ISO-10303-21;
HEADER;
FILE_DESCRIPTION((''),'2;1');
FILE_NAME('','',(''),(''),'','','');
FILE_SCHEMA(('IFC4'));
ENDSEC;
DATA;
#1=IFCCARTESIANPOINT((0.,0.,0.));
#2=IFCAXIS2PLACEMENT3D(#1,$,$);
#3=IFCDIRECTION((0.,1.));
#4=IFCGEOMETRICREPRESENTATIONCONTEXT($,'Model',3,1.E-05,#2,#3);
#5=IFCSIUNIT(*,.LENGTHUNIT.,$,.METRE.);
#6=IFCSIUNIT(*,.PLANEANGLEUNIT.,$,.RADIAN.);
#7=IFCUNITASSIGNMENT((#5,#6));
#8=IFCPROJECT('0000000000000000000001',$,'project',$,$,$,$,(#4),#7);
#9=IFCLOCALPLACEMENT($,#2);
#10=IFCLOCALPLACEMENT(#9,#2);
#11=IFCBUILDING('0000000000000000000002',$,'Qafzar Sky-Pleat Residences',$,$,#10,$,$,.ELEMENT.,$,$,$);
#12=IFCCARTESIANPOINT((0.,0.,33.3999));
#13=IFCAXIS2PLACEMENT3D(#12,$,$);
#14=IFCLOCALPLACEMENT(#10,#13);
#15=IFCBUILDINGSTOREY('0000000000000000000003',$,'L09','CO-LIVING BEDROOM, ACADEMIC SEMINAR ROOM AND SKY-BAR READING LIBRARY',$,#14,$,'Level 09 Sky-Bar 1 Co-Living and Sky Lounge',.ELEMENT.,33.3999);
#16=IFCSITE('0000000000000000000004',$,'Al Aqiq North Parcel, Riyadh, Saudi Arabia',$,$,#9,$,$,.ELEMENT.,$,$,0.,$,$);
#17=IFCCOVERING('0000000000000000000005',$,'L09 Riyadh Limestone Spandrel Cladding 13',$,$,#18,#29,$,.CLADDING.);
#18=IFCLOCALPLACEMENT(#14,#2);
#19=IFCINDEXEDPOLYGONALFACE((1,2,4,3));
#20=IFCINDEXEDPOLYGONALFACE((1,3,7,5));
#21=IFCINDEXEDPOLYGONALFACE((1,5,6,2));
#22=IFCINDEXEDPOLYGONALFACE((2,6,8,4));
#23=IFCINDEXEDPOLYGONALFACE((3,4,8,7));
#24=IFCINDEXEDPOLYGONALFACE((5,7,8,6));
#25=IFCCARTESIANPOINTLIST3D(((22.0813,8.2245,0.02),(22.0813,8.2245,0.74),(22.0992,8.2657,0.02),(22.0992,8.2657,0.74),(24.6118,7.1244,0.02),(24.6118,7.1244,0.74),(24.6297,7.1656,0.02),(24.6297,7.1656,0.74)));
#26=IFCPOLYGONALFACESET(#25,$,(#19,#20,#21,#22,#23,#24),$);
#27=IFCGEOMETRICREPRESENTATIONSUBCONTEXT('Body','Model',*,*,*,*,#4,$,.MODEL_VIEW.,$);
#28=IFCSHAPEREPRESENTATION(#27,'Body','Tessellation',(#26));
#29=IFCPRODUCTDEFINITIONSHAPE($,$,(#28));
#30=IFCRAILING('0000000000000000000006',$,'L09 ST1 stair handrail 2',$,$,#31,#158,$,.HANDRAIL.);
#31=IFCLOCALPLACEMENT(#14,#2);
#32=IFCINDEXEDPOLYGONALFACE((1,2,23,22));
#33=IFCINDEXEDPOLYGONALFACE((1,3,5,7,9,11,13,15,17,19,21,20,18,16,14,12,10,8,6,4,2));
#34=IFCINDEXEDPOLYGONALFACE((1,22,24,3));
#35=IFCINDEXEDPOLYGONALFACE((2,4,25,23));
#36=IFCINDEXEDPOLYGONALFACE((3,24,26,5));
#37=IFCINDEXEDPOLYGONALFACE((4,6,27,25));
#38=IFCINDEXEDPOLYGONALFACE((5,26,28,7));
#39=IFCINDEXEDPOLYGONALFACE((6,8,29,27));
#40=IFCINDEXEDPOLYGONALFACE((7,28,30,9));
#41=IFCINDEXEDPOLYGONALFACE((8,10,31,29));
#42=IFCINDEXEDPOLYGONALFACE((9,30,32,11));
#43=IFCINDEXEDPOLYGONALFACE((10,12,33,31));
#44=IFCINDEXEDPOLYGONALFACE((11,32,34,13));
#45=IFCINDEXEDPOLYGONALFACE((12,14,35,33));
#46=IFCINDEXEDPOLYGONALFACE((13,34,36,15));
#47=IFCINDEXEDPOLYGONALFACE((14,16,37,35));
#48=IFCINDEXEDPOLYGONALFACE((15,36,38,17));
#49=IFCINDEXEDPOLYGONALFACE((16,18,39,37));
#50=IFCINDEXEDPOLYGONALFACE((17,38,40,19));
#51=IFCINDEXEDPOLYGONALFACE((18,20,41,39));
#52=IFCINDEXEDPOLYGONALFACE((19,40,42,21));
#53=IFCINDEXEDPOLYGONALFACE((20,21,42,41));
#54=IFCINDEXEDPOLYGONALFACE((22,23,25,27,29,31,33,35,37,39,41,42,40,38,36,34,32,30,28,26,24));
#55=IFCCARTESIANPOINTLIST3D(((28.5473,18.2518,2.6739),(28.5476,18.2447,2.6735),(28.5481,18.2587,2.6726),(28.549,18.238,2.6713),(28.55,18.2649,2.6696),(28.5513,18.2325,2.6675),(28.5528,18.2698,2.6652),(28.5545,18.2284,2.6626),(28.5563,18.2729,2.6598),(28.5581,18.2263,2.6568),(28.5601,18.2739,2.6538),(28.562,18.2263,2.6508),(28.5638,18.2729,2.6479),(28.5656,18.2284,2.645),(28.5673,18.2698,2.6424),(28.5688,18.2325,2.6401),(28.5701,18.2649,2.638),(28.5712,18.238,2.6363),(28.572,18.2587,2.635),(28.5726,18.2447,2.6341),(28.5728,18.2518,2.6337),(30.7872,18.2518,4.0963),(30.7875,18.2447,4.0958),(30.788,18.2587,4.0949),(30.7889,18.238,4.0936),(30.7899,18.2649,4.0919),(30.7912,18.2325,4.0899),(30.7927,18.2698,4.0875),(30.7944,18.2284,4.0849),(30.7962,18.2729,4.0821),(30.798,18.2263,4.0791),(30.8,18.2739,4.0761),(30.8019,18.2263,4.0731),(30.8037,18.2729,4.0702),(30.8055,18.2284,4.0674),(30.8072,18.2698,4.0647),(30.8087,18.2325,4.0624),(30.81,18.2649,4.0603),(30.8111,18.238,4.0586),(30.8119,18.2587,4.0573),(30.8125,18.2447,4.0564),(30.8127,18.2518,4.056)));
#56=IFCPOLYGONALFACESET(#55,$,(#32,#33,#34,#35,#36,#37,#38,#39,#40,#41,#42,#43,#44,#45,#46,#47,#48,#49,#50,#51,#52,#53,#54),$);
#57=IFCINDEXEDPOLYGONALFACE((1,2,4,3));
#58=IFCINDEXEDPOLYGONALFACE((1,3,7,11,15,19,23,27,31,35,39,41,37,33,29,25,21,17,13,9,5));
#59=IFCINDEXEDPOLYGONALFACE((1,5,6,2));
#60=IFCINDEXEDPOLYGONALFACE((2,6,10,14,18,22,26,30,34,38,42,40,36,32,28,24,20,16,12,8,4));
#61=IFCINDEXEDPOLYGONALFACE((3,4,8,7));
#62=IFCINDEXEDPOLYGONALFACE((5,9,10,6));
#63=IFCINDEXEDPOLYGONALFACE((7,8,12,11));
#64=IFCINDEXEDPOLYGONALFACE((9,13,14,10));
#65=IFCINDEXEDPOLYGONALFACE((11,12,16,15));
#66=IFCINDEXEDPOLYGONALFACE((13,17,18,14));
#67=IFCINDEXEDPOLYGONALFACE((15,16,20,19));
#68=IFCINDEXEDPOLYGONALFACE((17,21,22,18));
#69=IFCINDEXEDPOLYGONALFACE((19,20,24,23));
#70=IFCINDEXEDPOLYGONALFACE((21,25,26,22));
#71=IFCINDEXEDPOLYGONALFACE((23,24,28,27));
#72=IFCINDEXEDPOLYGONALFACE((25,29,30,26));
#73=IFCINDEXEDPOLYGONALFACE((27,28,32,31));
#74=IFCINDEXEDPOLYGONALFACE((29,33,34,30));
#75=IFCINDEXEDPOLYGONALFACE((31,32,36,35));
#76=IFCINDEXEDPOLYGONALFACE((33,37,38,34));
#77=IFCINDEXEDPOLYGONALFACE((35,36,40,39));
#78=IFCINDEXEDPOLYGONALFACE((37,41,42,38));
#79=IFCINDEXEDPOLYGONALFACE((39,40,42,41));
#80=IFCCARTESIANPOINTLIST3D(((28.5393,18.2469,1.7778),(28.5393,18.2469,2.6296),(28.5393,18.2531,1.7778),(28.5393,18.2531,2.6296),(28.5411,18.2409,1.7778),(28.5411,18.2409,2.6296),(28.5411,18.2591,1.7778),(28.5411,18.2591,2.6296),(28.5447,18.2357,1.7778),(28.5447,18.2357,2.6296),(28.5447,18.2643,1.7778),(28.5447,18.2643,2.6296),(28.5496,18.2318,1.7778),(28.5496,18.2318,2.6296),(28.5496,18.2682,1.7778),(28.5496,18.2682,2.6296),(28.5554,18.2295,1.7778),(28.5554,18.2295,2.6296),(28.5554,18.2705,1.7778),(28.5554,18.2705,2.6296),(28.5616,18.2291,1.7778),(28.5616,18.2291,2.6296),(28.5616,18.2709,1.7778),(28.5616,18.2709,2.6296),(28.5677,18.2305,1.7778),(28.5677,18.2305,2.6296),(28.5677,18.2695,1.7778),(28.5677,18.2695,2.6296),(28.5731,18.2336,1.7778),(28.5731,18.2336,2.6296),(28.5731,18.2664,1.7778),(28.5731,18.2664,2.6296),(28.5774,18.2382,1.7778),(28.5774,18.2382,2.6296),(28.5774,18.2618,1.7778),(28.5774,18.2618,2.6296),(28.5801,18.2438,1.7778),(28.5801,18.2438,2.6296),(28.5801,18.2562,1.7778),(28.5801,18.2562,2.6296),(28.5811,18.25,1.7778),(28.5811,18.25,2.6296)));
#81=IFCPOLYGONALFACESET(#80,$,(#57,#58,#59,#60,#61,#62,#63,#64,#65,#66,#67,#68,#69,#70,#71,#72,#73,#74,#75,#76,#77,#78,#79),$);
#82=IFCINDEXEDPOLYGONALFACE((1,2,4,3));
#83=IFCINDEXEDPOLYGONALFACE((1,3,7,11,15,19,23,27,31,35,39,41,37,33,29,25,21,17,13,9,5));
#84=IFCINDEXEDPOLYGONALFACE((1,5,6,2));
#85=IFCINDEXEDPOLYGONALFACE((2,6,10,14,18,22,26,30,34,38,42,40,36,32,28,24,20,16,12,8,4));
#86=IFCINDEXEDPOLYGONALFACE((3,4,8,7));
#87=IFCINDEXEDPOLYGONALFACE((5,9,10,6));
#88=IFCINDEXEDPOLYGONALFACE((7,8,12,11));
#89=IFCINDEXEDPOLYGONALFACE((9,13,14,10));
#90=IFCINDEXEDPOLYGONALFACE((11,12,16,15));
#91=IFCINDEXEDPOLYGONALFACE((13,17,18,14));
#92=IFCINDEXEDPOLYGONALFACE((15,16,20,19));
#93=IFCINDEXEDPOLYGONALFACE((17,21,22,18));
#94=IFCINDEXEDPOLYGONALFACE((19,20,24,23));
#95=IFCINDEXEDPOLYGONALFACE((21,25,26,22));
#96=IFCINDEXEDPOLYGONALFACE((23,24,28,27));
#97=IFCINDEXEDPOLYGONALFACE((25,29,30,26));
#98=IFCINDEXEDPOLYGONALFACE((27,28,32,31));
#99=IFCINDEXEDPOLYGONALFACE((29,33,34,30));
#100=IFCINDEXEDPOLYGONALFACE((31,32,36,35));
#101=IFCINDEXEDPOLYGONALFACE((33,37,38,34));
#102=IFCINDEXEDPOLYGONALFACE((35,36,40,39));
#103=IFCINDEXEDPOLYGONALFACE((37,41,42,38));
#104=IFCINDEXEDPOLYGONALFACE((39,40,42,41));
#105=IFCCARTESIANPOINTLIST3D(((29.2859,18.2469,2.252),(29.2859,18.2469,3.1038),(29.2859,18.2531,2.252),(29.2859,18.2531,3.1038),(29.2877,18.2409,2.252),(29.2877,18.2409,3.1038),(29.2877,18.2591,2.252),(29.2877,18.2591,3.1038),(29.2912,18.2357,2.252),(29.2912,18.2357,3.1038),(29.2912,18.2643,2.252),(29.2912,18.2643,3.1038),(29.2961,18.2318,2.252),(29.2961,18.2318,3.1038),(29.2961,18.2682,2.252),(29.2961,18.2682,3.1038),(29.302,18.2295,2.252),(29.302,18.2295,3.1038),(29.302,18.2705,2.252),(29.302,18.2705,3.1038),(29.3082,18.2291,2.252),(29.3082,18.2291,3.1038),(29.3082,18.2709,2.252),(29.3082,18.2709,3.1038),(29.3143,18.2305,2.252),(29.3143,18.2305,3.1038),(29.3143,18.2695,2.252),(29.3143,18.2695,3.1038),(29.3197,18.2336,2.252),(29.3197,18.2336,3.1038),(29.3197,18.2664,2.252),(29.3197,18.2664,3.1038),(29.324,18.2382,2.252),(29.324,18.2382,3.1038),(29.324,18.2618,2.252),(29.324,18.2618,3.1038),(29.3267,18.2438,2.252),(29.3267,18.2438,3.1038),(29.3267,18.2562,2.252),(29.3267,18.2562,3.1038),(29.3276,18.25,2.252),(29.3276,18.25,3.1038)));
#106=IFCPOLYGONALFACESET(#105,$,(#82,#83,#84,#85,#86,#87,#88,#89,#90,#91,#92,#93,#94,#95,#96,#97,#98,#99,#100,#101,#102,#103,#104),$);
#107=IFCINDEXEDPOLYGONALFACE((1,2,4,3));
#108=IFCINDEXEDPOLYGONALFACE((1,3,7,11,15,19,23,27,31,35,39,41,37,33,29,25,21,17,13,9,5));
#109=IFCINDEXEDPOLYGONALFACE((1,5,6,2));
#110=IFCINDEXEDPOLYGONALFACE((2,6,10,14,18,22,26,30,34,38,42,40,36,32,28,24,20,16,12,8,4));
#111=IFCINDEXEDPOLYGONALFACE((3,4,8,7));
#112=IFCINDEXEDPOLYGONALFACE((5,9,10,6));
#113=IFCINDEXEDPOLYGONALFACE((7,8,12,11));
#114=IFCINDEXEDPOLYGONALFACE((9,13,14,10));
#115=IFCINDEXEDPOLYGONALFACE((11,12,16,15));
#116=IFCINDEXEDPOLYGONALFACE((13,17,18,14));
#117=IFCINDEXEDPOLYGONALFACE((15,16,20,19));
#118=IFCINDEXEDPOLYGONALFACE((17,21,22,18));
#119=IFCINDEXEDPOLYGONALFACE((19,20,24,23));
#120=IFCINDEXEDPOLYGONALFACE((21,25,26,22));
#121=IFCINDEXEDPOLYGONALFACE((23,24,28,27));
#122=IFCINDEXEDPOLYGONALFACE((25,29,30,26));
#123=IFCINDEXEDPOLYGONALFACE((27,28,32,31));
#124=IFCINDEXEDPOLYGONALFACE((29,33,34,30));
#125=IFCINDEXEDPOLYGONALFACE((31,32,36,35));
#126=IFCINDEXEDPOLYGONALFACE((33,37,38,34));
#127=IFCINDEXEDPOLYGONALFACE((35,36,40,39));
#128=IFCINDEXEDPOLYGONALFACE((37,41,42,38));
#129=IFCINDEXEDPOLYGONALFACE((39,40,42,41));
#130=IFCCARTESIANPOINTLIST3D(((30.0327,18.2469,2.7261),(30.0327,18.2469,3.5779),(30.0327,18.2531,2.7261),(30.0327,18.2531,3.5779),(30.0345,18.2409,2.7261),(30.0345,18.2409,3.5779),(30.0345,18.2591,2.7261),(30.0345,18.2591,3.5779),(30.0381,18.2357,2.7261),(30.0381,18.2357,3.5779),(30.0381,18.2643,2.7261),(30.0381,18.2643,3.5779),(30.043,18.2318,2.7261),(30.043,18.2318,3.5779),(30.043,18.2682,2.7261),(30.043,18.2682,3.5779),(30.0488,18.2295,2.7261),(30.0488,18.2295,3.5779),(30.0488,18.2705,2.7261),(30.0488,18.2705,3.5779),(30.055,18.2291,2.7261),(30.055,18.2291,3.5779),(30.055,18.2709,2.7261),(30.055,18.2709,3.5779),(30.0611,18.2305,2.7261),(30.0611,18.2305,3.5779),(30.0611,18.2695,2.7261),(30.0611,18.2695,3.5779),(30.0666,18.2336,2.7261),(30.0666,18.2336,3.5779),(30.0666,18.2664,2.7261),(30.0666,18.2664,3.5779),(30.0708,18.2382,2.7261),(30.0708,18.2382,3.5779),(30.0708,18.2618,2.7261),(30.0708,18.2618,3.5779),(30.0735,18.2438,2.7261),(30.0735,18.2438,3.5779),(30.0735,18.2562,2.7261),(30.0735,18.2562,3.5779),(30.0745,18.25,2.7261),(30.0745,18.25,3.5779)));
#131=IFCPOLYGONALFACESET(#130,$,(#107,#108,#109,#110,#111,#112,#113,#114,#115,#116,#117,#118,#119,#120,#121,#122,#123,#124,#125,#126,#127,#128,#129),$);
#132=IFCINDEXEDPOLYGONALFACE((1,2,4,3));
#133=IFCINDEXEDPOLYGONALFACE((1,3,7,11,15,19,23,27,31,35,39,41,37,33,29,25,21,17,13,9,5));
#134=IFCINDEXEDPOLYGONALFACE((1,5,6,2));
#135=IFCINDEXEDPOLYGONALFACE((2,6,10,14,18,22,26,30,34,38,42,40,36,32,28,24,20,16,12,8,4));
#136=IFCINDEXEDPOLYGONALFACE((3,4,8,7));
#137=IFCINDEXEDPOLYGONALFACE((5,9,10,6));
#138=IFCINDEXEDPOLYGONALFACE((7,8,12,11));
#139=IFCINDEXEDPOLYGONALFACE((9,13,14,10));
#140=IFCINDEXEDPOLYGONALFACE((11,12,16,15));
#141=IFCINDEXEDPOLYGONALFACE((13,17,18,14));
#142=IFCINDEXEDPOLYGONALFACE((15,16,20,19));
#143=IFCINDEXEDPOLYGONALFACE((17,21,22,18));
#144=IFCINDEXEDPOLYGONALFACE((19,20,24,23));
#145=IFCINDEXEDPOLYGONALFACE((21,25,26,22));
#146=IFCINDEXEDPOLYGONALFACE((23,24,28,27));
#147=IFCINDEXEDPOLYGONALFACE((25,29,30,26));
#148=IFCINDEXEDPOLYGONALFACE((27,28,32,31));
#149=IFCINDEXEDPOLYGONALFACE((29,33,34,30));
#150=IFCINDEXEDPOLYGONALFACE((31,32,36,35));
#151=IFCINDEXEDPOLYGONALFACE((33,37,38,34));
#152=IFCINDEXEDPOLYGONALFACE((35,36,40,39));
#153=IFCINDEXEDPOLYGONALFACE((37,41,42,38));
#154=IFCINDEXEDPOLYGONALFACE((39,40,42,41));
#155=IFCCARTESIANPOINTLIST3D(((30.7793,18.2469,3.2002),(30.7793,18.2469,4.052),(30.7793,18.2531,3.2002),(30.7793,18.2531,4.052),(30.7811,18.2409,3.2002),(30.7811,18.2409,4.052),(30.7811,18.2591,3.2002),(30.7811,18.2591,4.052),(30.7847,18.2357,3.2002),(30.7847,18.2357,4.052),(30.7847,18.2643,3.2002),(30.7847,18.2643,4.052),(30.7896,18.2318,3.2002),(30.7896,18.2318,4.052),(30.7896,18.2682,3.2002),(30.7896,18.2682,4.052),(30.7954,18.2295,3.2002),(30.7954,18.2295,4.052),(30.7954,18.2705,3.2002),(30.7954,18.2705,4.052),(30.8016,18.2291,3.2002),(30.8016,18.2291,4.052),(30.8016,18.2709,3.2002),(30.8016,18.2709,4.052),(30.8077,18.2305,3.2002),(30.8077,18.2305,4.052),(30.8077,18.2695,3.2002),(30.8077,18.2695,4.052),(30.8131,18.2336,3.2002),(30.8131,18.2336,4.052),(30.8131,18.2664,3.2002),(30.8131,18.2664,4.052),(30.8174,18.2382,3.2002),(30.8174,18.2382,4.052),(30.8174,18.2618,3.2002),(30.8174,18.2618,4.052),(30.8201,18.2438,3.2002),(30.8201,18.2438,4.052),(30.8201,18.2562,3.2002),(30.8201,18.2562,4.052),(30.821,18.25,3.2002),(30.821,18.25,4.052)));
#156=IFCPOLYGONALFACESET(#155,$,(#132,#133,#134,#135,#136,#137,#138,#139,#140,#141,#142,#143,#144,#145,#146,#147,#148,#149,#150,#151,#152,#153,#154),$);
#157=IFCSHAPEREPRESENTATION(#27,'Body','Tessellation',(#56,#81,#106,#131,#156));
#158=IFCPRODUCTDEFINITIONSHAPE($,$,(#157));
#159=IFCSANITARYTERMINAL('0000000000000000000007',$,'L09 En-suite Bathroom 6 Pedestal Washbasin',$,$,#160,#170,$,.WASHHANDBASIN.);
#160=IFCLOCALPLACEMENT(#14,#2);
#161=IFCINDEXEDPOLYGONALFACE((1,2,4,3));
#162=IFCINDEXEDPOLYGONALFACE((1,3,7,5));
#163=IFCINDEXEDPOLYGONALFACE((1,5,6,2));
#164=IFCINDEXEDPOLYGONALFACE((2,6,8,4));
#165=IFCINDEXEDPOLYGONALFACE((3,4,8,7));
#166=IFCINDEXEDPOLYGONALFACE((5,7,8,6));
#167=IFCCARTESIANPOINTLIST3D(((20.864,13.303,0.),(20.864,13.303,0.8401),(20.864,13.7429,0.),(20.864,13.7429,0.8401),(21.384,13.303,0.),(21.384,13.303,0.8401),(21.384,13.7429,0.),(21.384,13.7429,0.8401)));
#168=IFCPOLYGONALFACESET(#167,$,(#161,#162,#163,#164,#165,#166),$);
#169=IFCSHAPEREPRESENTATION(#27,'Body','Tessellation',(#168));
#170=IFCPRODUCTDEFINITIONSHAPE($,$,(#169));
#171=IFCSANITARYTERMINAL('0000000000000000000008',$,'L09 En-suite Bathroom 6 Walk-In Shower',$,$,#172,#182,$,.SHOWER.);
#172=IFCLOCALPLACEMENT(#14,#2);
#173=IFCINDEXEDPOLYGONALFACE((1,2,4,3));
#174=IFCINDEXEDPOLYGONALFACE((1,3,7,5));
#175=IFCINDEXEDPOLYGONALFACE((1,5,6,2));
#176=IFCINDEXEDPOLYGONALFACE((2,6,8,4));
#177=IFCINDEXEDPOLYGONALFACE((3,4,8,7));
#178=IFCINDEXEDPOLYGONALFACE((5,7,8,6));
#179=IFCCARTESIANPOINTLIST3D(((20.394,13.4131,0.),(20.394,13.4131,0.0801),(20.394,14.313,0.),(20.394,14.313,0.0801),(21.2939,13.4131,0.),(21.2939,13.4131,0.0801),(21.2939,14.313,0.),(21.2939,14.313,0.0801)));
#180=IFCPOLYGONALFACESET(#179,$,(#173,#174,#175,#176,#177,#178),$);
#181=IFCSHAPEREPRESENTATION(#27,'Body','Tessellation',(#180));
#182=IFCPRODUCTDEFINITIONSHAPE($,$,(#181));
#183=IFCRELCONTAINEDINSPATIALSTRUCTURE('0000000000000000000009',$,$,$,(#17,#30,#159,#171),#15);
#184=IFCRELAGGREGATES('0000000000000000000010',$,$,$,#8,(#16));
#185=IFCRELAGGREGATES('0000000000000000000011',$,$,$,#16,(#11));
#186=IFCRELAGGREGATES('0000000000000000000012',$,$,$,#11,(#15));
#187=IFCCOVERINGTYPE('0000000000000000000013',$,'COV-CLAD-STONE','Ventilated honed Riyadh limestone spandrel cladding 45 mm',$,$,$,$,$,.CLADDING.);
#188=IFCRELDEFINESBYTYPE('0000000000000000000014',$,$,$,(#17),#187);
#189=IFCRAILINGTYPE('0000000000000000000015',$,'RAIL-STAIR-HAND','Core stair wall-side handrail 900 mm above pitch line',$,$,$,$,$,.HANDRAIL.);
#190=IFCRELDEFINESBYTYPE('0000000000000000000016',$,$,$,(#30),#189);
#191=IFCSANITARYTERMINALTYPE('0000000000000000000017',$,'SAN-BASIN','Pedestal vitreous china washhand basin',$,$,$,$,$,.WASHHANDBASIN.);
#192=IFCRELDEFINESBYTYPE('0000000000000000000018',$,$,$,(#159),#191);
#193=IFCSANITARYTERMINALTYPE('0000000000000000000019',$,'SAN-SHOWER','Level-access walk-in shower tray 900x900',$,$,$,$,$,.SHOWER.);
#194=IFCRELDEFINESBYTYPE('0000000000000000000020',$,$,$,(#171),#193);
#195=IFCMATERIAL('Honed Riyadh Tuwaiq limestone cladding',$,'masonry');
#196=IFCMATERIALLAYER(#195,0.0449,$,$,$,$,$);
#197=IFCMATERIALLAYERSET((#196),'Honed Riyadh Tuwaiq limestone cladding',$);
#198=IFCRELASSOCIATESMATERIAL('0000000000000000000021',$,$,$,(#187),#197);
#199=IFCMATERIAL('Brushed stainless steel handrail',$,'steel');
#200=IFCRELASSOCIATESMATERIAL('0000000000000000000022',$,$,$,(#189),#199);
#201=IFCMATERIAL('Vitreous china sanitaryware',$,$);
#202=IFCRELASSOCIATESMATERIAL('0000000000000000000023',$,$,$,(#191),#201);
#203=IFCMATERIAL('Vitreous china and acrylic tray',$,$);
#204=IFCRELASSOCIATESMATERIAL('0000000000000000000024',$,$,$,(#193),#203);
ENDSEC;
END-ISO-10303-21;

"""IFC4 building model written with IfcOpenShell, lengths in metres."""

from ifc_helpers import new_model, si_unit, direction, frame, origin, origin_2d, place, context, subcontext, project, spatial, rectangle, circle, extrude, source, transform, mapped, material, layer, layer_set, type_object, element, save


model = new_model("IFC4")

# Units and contexts
model_context = context("Model", 3, precision=1e-05, world=origin(), true_north=direction((0.0, 1.0)))
body_context = subcontext(model_context, "Body", "Model", "MODEL_VIEW")
ifc_project = project(units=[si_unit("LENGTHUNIT", "METRE"), si_unit("PLANEANGLEUNIT", "RADIAN")], contexts=[model_context])

# Site, building, storey
site_placement = place(None, origin())
site = spatial("IfcSite", under=ifc_project, at=site_placement, Name="Al Aqiq North Parcel, Riyadh, Saudi Arabia", CompositionType="ELEMENT", RefElevation=0.0)
building_placement = place(site_placement, origin())
building = spatial("IfcBuilding", under=site, at=building_placement, Name="Qafzar Sky-Pleat Residences", CompositionType="ELEMENT")
storey_placement = place(building_placement, frame((0.0, 0.0, 33.3999)))
storey = spatial("IfcBuildingStorey", under=building, at=storey_placement, Name="L09", Description="CO-LIVING BEDROOM, ACADEMIC SEMINAR ROOM AND SKY-BAR READING LIBRARY", LongName="Level 09 Sky-Bar 1 Co-Living and Sky Lounge", CompositionType="ELEMENT", Elevation=33.3999)

# Covering
ifc_material_1 = material(Name="Honed Riyadh Tuwaiq limestone cladding", Category="masonry")
ifc_layer_1 = layer(ifc_material_1, 0.0449)
ifc_layer_set_1 = layer_set([ifc_layer_1], Name="Honed Riyadh Tuwaiq limestone cladding")
covering_type = type_object("IfcCoveringType", Name="COV-CLAD-STONE", Description="Ventilated honed Riyadh limestone spandrel cladding 45 mm", PredefinedType="CLADDING", material=ifc_layer_set_1)
shared_shape_1 = source(origin(), body_context, "Body", "SweptSolid", [
    extrude(rectangle(XDim=2.7593, YDim=0.0449, at=origin_2d()), origin(), (0.0, 0.0, 1.0), 0.72),
])
covering_placement = place(storey_placement, frame((23.3555, 7.6951, 0.02), z_axis=(0.0, 0.0, 1.0), x_axis=(0.917079, -0.398705, 0.0)))
element("IfcCovering", 1, at=covering_placement, inside=storey, type_object=covering_type, Name="L09 Riyadh Limestone Spandrel Cladding 13", PredefinedType="CLADDING", context=body_context, shape_type="MappedRepresentation", body=[
    mapped(shared_shape_1, transform((0.0, 0.0, 0.0), x_axis=(1.0, 0.0, 0.0), y_axis=(0.0, 1.0, 0.0), z_axis=(0.0, 0.0, 1.0), scale=1.0)),
])

# Railing
ifc_material_2 = material(Name="Brushed stainless steel handrail", Category="steel")
railing_type = type_object("IfcRailingType", Name="RAIL-STAIR-HAND", Description="Core stair wall-side handrail 900 mm above pitch line", PredefinedType="HANDRAIL", material=ifc_material_2)
shared_shape_2 = source(origin(), body_context, "Body", "SweptSolid", [
    extrude(circle(Radius=0.0239, at=origin_2d()), frame((0.0, 0.0, 0.876), z_axis=(0.844188, 0.0, 0.536048), x_axis=(0.0, 1.0, 0.0)), (0.0, 0.0, 1.0), 2.6533),
    extrude(circle(Radius=0.021, at=origin_2d()), origin(), (0.0, 0.0, 1.0), 0.8518),
    extrude(circle(Radius=0.021, at=origin_2d()), frame((0.7466, 0.0, 0.4741)), (0.0, 0.0, 1.0), 0.8518),
    extrude(circle(Radius=0.021, at=origin_2d()), frame((1.4934, 0.0, 0.9482)), (0.0, 0.0, 1.0), 0.8518),
    extrude(circle(Radius=0.021, at=origin_2d()), frame((2.24, 0.0, 1.4224)), (0.0, 0.0, 1.0), 0.8518),
])
railing_placement = place(storey_placement, frame((28.5601, 18.25, 1.7778)))
element("IfcRailing", 2, at=railing_placement, inside=storey, type_object=railing_type, Name="L09 ST1 stair handrail 2", PredefinedType="HANDRAIL", context=body_context, shape_type="MappedRepresentation", body=[
    mapped(shared_shape_2, transform((0.0, 0.0, 0.0), x_axis=(1.0, 0.0, 0.0), y_axis=(0.0, 1.0, 0.0), z_axis=(0.0, 0.0, 1.0), scale=1.0)),
])

# Sanitary terminals
ifc_material_3 = material(Name="Vitreous china sanitaryware")
sanitary_terminal_type_1 = type_object("IfcSanitaryTerminalType", Name="SAN-BASIN", Description="Pedestal vitreous china washhand basin", PredefinedType="WASHHANDBASIN", material=ifc_material_3)
shared_shape_3 = source(origin(), body_context, "Body", "SweptSolid", [
    extrude(rectangle(XDim=0.52, YDim=0.4399, at=origin_2d()), origin(), (0.0, 0.0, 1.0), 0.8401),
])
sanitary_terminal_1_placement = place(storey_placement, frame((21.124, 13.5229, 0.0), z_axis=(0.0, 0.0, 1.0), x_axis=(1.0, 0.0, 0.0)))
element("IfcSanitaryTerminal", 3, at=sanitary_terminal_1_placement, inside=storey, type_object=sanitary_terminal_type_1, Name="L09 En-suite Bathroom 6 Pedestal Washbasin", PredefinedType="WASHHANDBASIN", context=body_context, shape_type="MappedRepresentation", body=[
    mapped(shared_shape_3, transform((0.0, 0.0, 0.0), x_axis=(1.0, 0.0, 0.0), y_axis=(0.0, 1.0, 0.0), z_axis=(0.0, 0.0, 1.0), scale=1.0)),
])
ifc_material_4 = material(Name="Vitreous china and acrylic tray")
sanitary_terminal_type_2 = type_object("IfcSanitaryTerminalType", Name="SAN-SHOWER", Description="Level-access walk-in shower tray 900x900", PredefinedType="SHOWER", material=ifc_material_4)
shared_shape_4 = source(origin(), body_context, "Body", "SweptSolid", [
    extrude(rectangle(XDim=0.8999, YDim=0.8999, at=origin_2d()), origin(), (0.0, 0.0, 1.0), 0.0801),
])
sanitary_terminal_2_placement = place(storey_placement, frame((20.844, 13.863, 0.0), z_axis=(0.0, 0.0, 1.0), x_axis=(1.0, 0.0, 0.0)))
element("IfcSanitaryTerminal", 4, at=sanitary_terminal_2_placement, inside=storey, type_object=sanitary_terminal_type_2, Name="L09 En-suite Bathroom 6 Walk-In Shower", PredefinedType="SHOWER", context=body_context, shape_type="MappedRepresentation", body=[
    mapped(shared_shape_4, transform((0.0, 0.0, 0.0), x_axis=(1.0, 0.0, 0.0), y_axis=(0.0, 1.0, 0.0), z_axis=(0.0, 0.0, 1.0), scale=1.0)),
])

save(model, "model.ifc")
